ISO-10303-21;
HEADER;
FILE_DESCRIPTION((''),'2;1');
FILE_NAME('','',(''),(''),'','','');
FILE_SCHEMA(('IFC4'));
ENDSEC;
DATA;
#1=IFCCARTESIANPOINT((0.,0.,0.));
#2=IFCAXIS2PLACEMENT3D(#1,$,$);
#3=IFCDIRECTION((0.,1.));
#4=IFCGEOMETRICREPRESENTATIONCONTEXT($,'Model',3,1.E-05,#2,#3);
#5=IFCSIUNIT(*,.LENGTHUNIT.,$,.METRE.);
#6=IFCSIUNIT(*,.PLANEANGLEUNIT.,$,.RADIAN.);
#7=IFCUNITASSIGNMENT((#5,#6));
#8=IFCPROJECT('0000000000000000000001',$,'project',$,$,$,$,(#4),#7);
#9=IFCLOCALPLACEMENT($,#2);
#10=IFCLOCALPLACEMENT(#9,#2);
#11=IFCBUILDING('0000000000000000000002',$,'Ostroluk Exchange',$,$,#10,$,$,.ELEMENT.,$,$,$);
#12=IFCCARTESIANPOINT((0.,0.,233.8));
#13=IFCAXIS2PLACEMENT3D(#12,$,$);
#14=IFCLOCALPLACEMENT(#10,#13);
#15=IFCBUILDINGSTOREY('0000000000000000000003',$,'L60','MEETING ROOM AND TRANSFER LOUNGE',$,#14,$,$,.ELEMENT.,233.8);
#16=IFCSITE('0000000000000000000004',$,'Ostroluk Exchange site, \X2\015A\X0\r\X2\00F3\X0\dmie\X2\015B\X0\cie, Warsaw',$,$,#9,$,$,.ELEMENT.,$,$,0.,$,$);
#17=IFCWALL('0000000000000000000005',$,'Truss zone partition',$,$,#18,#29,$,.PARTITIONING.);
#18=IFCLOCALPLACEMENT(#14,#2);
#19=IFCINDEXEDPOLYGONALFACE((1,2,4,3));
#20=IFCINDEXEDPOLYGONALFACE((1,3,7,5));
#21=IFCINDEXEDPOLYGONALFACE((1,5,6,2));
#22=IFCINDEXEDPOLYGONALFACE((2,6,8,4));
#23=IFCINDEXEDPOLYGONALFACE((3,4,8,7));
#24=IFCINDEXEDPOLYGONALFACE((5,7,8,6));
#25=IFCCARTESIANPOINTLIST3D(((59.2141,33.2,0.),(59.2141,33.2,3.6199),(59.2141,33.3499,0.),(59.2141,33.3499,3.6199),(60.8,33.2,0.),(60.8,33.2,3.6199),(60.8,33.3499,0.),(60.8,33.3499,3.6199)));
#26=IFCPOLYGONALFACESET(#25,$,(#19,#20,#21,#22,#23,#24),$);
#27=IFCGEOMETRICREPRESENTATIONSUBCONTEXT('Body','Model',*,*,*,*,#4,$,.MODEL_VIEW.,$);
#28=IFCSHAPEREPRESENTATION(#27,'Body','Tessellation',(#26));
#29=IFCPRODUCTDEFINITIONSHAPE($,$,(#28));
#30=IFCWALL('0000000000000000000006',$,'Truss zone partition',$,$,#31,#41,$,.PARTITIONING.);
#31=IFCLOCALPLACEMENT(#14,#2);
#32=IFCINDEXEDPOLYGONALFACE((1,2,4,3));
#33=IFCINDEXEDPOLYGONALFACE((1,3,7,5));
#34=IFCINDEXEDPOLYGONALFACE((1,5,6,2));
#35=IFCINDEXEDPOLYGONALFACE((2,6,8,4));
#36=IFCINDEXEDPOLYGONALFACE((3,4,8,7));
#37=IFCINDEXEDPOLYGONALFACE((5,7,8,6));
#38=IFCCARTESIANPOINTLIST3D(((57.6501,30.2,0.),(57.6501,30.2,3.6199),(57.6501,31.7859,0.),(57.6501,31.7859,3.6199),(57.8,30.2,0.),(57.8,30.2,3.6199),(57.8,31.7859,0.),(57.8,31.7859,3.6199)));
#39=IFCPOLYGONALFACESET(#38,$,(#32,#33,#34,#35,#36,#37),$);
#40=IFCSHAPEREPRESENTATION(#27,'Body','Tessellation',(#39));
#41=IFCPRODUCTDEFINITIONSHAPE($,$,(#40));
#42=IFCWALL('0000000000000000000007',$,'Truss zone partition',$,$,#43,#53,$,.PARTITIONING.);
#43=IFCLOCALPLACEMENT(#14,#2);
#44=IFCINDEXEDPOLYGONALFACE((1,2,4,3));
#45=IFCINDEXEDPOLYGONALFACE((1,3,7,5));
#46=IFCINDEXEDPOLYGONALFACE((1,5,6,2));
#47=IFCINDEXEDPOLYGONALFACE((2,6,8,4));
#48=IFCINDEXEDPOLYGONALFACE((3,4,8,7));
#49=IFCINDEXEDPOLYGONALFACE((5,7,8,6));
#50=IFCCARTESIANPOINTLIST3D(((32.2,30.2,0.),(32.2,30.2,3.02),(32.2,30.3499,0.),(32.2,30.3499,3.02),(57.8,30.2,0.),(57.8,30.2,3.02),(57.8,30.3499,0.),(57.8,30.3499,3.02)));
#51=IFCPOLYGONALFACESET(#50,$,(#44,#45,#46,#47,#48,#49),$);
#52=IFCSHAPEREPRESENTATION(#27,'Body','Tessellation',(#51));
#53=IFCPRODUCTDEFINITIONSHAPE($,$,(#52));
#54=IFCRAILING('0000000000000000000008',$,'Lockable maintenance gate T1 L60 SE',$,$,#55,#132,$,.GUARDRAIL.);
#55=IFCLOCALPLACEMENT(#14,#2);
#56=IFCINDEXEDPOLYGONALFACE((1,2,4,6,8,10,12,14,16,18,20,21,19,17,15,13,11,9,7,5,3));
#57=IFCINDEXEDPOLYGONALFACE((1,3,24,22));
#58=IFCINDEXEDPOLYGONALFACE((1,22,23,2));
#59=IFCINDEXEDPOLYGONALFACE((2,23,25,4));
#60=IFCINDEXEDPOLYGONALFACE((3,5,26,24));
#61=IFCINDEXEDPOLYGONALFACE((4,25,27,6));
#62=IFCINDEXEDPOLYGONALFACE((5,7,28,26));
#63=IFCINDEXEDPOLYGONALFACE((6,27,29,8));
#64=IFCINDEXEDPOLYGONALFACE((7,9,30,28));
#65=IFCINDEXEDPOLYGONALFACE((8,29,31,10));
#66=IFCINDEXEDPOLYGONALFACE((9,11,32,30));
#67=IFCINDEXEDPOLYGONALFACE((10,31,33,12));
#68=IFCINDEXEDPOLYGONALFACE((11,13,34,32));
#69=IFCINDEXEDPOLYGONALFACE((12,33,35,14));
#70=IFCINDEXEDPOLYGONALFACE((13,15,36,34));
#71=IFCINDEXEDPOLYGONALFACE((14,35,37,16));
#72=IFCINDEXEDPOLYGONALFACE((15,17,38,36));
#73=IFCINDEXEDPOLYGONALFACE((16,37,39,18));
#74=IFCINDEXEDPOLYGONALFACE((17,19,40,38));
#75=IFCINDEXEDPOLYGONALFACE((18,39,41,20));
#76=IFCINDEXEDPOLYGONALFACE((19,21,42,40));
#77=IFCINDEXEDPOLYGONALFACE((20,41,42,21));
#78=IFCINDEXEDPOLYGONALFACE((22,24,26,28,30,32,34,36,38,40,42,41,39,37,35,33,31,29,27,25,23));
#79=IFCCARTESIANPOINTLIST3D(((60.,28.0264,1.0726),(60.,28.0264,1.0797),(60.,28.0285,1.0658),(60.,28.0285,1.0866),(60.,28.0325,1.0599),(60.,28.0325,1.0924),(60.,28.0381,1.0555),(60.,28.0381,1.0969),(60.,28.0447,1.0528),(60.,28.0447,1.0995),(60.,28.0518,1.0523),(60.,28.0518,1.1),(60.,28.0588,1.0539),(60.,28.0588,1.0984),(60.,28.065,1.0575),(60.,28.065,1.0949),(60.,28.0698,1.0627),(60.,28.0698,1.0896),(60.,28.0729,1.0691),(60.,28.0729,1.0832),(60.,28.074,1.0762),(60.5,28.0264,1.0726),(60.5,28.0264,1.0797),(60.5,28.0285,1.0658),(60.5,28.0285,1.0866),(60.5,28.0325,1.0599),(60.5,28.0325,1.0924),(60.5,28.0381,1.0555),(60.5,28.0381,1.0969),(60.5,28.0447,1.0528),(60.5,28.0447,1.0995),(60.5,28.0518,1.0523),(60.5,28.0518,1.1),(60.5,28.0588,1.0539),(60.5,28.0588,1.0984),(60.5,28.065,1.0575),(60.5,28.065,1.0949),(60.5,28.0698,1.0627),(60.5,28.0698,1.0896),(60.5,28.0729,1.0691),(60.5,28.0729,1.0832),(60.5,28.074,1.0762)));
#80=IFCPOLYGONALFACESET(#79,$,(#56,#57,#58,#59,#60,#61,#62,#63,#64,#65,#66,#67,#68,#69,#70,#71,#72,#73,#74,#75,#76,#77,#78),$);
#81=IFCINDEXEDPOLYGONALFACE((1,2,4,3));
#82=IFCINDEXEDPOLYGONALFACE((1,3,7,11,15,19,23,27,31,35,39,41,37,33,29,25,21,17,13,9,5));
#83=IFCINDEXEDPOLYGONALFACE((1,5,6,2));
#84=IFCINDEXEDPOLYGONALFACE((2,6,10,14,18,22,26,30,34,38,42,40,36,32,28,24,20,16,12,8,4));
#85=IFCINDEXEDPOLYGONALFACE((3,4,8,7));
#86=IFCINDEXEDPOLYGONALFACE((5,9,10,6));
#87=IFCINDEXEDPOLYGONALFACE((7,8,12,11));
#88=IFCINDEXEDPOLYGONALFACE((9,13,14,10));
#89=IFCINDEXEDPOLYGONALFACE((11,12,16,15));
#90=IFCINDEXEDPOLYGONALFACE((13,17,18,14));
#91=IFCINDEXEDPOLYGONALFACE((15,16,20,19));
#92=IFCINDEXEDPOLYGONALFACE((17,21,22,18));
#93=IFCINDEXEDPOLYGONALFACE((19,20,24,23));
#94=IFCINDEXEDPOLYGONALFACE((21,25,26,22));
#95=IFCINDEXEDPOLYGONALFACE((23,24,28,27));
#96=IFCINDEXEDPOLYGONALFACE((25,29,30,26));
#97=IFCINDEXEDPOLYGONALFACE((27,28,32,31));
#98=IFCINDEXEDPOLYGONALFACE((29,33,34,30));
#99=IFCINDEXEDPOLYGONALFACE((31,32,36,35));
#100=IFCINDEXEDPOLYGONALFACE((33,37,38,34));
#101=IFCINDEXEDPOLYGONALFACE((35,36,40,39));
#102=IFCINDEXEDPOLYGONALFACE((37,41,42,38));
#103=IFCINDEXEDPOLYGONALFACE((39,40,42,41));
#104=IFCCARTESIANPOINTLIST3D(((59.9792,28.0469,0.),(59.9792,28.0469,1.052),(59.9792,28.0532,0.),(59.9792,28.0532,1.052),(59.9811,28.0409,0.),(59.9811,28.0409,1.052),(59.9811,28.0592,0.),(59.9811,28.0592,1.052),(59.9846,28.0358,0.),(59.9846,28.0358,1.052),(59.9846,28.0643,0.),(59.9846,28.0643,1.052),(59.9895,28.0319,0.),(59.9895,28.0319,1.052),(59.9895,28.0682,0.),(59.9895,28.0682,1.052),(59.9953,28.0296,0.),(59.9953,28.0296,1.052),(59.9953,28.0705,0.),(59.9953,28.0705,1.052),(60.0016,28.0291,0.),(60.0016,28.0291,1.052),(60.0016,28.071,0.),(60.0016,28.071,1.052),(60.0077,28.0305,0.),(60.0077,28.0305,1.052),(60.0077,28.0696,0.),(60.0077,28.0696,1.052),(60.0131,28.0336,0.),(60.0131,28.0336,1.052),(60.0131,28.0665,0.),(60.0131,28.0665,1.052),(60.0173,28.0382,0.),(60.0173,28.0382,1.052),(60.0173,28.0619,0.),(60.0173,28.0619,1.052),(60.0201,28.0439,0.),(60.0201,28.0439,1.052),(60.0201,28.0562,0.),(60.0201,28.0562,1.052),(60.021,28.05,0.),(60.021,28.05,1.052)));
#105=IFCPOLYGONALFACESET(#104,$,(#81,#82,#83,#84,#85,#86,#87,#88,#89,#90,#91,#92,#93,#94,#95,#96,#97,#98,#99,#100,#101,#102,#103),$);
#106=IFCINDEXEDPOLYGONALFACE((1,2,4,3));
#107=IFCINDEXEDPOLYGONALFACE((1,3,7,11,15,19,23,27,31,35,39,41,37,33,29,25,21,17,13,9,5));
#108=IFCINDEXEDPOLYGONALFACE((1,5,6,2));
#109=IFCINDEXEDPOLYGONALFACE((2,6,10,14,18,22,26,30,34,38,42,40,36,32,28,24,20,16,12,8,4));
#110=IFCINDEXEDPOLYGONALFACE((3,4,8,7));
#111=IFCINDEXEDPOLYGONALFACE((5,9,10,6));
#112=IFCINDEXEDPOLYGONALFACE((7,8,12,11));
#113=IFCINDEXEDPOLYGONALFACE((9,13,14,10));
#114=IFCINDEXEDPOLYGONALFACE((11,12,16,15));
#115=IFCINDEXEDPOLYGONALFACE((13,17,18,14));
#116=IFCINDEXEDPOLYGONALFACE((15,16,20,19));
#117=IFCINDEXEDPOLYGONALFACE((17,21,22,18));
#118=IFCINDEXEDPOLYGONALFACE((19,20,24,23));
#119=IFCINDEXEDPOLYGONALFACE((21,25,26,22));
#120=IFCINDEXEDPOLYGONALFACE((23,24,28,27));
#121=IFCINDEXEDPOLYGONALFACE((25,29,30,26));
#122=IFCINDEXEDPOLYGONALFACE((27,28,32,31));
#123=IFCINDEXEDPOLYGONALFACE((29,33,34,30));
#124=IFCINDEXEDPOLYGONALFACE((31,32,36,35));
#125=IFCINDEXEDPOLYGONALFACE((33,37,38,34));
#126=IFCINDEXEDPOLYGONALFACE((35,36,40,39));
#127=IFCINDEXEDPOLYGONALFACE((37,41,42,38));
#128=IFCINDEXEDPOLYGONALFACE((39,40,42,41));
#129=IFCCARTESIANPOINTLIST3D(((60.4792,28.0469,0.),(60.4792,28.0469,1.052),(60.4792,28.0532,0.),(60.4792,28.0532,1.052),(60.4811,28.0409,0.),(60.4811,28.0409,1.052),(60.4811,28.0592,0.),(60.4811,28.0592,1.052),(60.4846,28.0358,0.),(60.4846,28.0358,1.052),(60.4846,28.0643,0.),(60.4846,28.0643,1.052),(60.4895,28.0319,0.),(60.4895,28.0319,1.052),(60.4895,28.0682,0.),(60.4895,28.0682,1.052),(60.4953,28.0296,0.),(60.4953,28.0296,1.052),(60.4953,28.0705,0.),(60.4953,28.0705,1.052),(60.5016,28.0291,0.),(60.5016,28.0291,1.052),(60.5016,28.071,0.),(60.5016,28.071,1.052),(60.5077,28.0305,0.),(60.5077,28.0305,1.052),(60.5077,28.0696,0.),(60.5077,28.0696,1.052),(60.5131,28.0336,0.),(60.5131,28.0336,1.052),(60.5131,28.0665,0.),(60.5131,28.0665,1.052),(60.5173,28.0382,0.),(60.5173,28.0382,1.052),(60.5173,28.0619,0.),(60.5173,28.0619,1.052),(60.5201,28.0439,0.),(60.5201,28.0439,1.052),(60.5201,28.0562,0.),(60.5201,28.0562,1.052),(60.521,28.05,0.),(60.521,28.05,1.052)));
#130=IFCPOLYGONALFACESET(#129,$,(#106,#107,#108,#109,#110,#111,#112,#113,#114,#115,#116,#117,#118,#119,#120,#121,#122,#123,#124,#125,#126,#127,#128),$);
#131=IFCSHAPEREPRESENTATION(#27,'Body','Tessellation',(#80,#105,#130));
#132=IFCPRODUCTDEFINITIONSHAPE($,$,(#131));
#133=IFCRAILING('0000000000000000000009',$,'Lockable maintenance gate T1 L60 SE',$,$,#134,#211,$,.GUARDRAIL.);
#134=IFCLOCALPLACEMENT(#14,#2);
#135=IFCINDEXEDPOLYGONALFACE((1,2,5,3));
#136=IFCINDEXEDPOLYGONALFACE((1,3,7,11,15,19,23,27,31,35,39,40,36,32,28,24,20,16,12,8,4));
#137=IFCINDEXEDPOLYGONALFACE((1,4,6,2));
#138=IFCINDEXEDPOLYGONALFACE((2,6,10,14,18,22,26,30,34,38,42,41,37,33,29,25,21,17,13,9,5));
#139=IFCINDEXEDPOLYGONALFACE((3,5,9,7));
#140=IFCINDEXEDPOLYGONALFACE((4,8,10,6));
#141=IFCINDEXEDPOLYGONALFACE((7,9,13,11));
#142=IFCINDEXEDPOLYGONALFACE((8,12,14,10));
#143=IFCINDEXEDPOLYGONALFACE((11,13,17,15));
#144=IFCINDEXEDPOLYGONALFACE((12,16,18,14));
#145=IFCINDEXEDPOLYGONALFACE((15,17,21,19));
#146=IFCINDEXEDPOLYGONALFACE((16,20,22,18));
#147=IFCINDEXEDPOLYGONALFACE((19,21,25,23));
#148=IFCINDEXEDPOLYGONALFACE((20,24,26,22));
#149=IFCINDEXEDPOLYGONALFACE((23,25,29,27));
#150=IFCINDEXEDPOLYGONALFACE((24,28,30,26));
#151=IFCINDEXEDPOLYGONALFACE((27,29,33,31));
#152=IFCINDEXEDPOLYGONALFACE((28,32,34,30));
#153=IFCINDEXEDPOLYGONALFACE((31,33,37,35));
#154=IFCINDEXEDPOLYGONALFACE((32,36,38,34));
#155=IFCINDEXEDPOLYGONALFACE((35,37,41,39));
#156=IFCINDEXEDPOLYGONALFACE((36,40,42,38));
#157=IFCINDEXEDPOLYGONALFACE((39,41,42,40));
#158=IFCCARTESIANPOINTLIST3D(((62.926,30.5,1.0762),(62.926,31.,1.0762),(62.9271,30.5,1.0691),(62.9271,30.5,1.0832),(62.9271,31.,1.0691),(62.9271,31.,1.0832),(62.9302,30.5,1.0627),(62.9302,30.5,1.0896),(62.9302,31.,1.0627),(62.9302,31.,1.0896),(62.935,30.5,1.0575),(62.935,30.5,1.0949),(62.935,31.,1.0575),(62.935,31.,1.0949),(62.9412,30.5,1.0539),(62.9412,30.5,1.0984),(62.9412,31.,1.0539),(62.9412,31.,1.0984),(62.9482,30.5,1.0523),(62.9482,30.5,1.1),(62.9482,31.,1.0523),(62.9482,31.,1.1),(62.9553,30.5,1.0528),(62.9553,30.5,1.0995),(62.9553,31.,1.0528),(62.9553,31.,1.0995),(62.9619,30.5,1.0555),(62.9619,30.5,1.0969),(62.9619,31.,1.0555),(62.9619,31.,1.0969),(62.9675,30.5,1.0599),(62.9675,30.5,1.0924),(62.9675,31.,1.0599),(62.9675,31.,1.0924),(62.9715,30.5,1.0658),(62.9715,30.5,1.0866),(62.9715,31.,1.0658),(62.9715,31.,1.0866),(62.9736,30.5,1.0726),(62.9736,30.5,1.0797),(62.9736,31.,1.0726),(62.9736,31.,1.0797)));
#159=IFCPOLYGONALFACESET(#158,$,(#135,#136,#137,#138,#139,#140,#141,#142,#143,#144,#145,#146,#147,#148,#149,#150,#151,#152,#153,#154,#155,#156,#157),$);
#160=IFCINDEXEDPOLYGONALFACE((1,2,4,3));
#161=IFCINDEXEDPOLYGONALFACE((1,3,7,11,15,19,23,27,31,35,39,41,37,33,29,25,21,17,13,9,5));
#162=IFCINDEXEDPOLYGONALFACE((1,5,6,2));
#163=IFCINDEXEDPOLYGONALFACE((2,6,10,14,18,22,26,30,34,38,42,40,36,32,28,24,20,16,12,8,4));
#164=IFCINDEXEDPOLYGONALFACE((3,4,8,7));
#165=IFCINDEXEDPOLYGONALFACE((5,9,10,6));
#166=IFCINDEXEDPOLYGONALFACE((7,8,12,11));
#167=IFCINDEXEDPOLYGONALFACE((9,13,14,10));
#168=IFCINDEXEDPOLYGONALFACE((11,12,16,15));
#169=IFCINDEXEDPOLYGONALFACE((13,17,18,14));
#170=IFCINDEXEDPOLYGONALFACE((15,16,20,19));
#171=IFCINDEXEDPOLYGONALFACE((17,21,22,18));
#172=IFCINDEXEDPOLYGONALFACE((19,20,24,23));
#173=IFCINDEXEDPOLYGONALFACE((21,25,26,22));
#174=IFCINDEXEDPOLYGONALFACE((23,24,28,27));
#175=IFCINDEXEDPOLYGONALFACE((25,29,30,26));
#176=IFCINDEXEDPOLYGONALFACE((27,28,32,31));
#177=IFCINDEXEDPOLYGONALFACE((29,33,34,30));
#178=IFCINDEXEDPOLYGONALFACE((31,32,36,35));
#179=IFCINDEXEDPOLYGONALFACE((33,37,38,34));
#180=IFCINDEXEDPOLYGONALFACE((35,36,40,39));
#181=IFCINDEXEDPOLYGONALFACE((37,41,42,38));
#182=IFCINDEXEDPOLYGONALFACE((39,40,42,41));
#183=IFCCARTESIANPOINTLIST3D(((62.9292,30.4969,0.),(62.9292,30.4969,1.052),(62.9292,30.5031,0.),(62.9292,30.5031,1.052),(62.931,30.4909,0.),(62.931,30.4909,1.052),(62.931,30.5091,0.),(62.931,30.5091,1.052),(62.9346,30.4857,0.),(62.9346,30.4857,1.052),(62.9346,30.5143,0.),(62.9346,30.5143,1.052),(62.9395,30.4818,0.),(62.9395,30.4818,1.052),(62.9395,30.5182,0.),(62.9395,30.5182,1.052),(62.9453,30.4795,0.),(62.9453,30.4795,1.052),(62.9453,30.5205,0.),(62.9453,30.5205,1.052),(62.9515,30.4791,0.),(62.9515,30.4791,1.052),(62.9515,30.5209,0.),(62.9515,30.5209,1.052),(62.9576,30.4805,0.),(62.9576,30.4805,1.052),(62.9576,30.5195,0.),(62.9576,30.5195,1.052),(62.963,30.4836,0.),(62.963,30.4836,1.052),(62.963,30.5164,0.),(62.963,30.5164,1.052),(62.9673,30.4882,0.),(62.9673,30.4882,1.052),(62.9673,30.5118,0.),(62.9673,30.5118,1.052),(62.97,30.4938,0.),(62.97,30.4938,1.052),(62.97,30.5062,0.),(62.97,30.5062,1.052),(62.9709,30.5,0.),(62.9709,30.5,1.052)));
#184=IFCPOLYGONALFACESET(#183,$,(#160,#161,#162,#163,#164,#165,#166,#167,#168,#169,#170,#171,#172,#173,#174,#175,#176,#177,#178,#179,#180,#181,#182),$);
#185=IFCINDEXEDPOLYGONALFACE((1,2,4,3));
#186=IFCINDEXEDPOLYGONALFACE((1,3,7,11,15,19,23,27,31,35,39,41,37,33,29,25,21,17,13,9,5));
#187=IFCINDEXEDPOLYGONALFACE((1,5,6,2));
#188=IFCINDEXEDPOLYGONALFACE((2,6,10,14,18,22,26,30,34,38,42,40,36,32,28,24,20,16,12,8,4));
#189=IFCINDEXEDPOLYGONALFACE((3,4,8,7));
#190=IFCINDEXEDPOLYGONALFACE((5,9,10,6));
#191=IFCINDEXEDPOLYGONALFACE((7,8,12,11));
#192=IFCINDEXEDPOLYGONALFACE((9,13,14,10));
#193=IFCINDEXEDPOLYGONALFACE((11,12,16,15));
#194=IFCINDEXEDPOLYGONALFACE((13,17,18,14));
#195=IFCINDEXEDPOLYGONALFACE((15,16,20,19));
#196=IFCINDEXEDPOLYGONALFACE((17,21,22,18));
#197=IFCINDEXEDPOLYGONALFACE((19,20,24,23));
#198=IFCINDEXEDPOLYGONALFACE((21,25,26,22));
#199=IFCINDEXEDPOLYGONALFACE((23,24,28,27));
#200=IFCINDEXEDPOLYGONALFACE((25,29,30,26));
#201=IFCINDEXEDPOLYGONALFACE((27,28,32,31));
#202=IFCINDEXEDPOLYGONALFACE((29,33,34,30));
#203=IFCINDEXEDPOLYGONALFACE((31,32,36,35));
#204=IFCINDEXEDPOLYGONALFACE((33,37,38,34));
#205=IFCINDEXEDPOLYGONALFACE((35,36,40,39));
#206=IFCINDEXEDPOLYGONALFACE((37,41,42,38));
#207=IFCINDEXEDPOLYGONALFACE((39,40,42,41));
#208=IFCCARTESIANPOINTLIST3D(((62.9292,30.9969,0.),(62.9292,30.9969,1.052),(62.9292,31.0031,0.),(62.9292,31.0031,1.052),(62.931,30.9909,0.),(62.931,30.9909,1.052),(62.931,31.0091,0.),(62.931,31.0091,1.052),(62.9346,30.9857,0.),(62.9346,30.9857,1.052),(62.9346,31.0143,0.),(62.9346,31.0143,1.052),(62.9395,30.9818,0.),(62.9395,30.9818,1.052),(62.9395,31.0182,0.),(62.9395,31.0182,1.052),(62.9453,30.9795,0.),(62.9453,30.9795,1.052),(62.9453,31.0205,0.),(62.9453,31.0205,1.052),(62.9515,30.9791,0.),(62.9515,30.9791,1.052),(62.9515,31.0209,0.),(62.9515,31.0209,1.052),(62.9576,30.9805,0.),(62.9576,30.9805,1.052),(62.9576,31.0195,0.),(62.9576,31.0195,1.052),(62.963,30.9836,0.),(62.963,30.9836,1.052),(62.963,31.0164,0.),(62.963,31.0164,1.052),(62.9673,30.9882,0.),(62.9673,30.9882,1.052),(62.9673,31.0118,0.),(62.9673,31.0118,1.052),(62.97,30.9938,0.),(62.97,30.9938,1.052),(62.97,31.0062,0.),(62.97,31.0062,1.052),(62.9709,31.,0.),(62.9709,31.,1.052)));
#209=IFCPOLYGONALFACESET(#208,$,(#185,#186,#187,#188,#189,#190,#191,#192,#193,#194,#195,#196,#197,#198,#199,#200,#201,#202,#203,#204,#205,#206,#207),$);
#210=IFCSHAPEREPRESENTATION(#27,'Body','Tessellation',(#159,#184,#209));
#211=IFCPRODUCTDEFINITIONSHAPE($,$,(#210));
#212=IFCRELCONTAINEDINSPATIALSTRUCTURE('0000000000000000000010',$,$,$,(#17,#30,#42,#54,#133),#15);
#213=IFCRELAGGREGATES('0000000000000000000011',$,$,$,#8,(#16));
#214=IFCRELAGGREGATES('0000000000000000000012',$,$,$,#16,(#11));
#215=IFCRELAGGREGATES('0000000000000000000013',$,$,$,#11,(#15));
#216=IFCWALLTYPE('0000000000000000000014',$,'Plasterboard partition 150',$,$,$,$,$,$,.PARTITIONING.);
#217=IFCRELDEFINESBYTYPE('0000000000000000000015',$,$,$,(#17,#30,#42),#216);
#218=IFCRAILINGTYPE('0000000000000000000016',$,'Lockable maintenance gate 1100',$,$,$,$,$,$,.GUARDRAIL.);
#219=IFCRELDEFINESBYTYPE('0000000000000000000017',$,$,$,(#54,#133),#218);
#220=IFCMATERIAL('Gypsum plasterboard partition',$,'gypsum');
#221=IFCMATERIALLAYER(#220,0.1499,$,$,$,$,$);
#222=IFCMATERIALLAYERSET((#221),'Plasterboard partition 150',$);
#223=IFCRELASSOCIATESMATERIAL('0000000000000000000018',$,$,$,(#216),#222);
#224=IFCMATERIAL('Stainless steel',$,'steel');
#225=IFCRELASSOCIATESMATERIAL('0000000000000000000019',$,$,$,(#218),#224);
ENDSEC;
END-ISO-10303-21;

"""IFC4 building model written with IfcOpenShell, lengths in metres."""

from ifc_helpers import new_model, si_unit, direction, frame, frame_2d, origin, origin_2d, place, context, subcontext, project, spatial, rectangle, circle, extrude, material, layer, layer_set, type_object, element, save


model = new_model("IFC4")

# Units and contexts
model_context = context("Model", 3, precision=1e-05, world=origin(), true_north=direction((0.0, 1.0)))
body_context = subcontext(model_context, "Body", "Model", "MODEL_VIEW")
ifc_project = project(units=[si_unit("LENGTHUNIT", "METRE"), si_unit("PLANEANGLEUNIT", "RADIAN")], contexts=[model_context])

# Site, building, storey
site_placement = place(None, origin())
site = spatial("IfcSite", under=ifc_project, at=site_placement, Name="Ostroluk Exchange site, Śródmieście, Warsaw", CompositionType="ELEMENT", RefElevation=0.0)
building_placement = place(site_placement, origin())
building = spatial("IfcBuilding", under=site, at=building_placement, Name="Ostroluk Exchange", CompositionType="ELEMENT")
storey_placement = place(building_placement, frame((0.0, 0.0, 233.8)))
storey = spatial("IfcBuildingStorey", under=building, at=storey_placement, Name="L60", Description="MEETING ROOM AND TRANSFER LOUNGE", CompositionType="ELEMENT", Elevation=233.8)

# Walls
ifc_material_1 = material(Name="Gypsum plasterboard partition", Category="gypsum")
ifc_layer_1 = layer(ifc_material_1, 0.1499)
ifc_layer_set_1 = layer_set([ifc_layer_1], Name="Plasterboard partition 150")
wall_type_1 = type_object("IfcWallType", Name="Plasterboard partition 150", PredefinedType="PARTITIONING", material=ifc_layer_set_1)
for number, where, z_axis, x_axis, name in (
    (1, (60.8, 33.2749, 0.0), (0.0, 0.0, 1.0), (-1.0, 0.0, 0.0), "Truss zone partition"),
    (2, (57.7251, 31.7859, 0.0), (0.0, 0.0, 1.0), (0.0, -1.0, 0.0), "Truss zone partition"),
):
    element("IfcWall", number, at=place(storey_placement, frame(where, z_axis=z_axis, x_axis=x_axis)), inside=storey, type_object=wall_type_1, Name=name, PredefinedType="PARTITIONING", context=body_context, shape_type="SweptSolid", body=[
        extrude(rectangle(XDim=1.5859, YDim=0.1499, at=frame_2d((0.793, 0.0))), origin(), (0.0, 0.0, 1.0), 3.6199),
    ])
wall_1_placement = place(storey_placement, frame((57.8, 30.2749, 0.0), z_axis=(0.0, 0.0, 1.0), x_axis=(-1.0, 0.0, 0.0)))
element("IfcWall", 3, at=wall_1_placement, inside=storey, type_object=wall_type_1, Name="Truss zone partition", PredefinedType="PARTITIONING", context=body_context, shape_type="SweptSolid", body=[
    extrude(rectangle(XDim=25.6001, YDim=0.1499, at=frame_2d((12.8, 0.0))), origin(), (0.0, 0.0, 1.0), 3.02),
])

# Railings
ifc_material_2 = material(Name="Stainless steel", Category="steel")
railing_type_1 = type_object("IfcRailingType", Name="Lockable maintenance gate 1100", PredefinedType="GUARDRAIL", material=ifc_material_2)
railing_1_placement = place(storey_placement, frame((60.0, 28.05, 0.0)))
element("IfcRailing", 4, at=railing_1_placement, inside=storey, type_object=railing_type_1, Name="Lockable maintenance gate T1 L60 SE", PredefinedType="GUARDRAIL", context=body_context, shape_type="SweptSolid", body=[
    extrude(circle(Radius=0.0239, at=origin_2d()), frame((0.0, 0.0, 1.0762), z_axis=(1.0, 0.0, 0.0), x_axis=(0.0, 1.0, 0.0)), (0.0, 0.0, 1.0), 0.5),
    extrude(circle(Radius=0.021, at=origin_2d()), origin(), (0.0, 0.0, 1.0), 1.052),
    extrude(circle(Radius=0.021, at=origin_2d()), frame((0.5, 0.0, 0.0)), (0.0, 0.0, 1.0), 1.052),
])
railing_2_placement = place(storey_placement, frame((62.95, 30.5, 0.0)))
element("IfcRailing", 5, at=railing_2_placement, inside=storey, type_object=railing_type_1, Name="Lockable maintenance gate T1 L60 SE", PredefinedType="GUARDRAIL", context=body_context, shape_type="SweptSolid", body=[
    extrude(circle(Radius=0.0239, at=origin_2d()), frame((0.0, 0.0, 1.0762), z_axis=(0.0, 1.0, 0.0), x_axis=(-1.0, 0.0, 0.0)), (0.0, 0.0, 1.0), 0.5),
    extrude(circle(Radius=0.021, at=origin_2d()), origin(), (0.0, 0.0, 1.0), 1.052),
    extrude(circle(Radius=0.021, at=origin_2d()), frame((0.0, 0.5, 0.0)), (0.0, 0.0, 1.0), 1.052),
])

save(model, "model.ifc")
